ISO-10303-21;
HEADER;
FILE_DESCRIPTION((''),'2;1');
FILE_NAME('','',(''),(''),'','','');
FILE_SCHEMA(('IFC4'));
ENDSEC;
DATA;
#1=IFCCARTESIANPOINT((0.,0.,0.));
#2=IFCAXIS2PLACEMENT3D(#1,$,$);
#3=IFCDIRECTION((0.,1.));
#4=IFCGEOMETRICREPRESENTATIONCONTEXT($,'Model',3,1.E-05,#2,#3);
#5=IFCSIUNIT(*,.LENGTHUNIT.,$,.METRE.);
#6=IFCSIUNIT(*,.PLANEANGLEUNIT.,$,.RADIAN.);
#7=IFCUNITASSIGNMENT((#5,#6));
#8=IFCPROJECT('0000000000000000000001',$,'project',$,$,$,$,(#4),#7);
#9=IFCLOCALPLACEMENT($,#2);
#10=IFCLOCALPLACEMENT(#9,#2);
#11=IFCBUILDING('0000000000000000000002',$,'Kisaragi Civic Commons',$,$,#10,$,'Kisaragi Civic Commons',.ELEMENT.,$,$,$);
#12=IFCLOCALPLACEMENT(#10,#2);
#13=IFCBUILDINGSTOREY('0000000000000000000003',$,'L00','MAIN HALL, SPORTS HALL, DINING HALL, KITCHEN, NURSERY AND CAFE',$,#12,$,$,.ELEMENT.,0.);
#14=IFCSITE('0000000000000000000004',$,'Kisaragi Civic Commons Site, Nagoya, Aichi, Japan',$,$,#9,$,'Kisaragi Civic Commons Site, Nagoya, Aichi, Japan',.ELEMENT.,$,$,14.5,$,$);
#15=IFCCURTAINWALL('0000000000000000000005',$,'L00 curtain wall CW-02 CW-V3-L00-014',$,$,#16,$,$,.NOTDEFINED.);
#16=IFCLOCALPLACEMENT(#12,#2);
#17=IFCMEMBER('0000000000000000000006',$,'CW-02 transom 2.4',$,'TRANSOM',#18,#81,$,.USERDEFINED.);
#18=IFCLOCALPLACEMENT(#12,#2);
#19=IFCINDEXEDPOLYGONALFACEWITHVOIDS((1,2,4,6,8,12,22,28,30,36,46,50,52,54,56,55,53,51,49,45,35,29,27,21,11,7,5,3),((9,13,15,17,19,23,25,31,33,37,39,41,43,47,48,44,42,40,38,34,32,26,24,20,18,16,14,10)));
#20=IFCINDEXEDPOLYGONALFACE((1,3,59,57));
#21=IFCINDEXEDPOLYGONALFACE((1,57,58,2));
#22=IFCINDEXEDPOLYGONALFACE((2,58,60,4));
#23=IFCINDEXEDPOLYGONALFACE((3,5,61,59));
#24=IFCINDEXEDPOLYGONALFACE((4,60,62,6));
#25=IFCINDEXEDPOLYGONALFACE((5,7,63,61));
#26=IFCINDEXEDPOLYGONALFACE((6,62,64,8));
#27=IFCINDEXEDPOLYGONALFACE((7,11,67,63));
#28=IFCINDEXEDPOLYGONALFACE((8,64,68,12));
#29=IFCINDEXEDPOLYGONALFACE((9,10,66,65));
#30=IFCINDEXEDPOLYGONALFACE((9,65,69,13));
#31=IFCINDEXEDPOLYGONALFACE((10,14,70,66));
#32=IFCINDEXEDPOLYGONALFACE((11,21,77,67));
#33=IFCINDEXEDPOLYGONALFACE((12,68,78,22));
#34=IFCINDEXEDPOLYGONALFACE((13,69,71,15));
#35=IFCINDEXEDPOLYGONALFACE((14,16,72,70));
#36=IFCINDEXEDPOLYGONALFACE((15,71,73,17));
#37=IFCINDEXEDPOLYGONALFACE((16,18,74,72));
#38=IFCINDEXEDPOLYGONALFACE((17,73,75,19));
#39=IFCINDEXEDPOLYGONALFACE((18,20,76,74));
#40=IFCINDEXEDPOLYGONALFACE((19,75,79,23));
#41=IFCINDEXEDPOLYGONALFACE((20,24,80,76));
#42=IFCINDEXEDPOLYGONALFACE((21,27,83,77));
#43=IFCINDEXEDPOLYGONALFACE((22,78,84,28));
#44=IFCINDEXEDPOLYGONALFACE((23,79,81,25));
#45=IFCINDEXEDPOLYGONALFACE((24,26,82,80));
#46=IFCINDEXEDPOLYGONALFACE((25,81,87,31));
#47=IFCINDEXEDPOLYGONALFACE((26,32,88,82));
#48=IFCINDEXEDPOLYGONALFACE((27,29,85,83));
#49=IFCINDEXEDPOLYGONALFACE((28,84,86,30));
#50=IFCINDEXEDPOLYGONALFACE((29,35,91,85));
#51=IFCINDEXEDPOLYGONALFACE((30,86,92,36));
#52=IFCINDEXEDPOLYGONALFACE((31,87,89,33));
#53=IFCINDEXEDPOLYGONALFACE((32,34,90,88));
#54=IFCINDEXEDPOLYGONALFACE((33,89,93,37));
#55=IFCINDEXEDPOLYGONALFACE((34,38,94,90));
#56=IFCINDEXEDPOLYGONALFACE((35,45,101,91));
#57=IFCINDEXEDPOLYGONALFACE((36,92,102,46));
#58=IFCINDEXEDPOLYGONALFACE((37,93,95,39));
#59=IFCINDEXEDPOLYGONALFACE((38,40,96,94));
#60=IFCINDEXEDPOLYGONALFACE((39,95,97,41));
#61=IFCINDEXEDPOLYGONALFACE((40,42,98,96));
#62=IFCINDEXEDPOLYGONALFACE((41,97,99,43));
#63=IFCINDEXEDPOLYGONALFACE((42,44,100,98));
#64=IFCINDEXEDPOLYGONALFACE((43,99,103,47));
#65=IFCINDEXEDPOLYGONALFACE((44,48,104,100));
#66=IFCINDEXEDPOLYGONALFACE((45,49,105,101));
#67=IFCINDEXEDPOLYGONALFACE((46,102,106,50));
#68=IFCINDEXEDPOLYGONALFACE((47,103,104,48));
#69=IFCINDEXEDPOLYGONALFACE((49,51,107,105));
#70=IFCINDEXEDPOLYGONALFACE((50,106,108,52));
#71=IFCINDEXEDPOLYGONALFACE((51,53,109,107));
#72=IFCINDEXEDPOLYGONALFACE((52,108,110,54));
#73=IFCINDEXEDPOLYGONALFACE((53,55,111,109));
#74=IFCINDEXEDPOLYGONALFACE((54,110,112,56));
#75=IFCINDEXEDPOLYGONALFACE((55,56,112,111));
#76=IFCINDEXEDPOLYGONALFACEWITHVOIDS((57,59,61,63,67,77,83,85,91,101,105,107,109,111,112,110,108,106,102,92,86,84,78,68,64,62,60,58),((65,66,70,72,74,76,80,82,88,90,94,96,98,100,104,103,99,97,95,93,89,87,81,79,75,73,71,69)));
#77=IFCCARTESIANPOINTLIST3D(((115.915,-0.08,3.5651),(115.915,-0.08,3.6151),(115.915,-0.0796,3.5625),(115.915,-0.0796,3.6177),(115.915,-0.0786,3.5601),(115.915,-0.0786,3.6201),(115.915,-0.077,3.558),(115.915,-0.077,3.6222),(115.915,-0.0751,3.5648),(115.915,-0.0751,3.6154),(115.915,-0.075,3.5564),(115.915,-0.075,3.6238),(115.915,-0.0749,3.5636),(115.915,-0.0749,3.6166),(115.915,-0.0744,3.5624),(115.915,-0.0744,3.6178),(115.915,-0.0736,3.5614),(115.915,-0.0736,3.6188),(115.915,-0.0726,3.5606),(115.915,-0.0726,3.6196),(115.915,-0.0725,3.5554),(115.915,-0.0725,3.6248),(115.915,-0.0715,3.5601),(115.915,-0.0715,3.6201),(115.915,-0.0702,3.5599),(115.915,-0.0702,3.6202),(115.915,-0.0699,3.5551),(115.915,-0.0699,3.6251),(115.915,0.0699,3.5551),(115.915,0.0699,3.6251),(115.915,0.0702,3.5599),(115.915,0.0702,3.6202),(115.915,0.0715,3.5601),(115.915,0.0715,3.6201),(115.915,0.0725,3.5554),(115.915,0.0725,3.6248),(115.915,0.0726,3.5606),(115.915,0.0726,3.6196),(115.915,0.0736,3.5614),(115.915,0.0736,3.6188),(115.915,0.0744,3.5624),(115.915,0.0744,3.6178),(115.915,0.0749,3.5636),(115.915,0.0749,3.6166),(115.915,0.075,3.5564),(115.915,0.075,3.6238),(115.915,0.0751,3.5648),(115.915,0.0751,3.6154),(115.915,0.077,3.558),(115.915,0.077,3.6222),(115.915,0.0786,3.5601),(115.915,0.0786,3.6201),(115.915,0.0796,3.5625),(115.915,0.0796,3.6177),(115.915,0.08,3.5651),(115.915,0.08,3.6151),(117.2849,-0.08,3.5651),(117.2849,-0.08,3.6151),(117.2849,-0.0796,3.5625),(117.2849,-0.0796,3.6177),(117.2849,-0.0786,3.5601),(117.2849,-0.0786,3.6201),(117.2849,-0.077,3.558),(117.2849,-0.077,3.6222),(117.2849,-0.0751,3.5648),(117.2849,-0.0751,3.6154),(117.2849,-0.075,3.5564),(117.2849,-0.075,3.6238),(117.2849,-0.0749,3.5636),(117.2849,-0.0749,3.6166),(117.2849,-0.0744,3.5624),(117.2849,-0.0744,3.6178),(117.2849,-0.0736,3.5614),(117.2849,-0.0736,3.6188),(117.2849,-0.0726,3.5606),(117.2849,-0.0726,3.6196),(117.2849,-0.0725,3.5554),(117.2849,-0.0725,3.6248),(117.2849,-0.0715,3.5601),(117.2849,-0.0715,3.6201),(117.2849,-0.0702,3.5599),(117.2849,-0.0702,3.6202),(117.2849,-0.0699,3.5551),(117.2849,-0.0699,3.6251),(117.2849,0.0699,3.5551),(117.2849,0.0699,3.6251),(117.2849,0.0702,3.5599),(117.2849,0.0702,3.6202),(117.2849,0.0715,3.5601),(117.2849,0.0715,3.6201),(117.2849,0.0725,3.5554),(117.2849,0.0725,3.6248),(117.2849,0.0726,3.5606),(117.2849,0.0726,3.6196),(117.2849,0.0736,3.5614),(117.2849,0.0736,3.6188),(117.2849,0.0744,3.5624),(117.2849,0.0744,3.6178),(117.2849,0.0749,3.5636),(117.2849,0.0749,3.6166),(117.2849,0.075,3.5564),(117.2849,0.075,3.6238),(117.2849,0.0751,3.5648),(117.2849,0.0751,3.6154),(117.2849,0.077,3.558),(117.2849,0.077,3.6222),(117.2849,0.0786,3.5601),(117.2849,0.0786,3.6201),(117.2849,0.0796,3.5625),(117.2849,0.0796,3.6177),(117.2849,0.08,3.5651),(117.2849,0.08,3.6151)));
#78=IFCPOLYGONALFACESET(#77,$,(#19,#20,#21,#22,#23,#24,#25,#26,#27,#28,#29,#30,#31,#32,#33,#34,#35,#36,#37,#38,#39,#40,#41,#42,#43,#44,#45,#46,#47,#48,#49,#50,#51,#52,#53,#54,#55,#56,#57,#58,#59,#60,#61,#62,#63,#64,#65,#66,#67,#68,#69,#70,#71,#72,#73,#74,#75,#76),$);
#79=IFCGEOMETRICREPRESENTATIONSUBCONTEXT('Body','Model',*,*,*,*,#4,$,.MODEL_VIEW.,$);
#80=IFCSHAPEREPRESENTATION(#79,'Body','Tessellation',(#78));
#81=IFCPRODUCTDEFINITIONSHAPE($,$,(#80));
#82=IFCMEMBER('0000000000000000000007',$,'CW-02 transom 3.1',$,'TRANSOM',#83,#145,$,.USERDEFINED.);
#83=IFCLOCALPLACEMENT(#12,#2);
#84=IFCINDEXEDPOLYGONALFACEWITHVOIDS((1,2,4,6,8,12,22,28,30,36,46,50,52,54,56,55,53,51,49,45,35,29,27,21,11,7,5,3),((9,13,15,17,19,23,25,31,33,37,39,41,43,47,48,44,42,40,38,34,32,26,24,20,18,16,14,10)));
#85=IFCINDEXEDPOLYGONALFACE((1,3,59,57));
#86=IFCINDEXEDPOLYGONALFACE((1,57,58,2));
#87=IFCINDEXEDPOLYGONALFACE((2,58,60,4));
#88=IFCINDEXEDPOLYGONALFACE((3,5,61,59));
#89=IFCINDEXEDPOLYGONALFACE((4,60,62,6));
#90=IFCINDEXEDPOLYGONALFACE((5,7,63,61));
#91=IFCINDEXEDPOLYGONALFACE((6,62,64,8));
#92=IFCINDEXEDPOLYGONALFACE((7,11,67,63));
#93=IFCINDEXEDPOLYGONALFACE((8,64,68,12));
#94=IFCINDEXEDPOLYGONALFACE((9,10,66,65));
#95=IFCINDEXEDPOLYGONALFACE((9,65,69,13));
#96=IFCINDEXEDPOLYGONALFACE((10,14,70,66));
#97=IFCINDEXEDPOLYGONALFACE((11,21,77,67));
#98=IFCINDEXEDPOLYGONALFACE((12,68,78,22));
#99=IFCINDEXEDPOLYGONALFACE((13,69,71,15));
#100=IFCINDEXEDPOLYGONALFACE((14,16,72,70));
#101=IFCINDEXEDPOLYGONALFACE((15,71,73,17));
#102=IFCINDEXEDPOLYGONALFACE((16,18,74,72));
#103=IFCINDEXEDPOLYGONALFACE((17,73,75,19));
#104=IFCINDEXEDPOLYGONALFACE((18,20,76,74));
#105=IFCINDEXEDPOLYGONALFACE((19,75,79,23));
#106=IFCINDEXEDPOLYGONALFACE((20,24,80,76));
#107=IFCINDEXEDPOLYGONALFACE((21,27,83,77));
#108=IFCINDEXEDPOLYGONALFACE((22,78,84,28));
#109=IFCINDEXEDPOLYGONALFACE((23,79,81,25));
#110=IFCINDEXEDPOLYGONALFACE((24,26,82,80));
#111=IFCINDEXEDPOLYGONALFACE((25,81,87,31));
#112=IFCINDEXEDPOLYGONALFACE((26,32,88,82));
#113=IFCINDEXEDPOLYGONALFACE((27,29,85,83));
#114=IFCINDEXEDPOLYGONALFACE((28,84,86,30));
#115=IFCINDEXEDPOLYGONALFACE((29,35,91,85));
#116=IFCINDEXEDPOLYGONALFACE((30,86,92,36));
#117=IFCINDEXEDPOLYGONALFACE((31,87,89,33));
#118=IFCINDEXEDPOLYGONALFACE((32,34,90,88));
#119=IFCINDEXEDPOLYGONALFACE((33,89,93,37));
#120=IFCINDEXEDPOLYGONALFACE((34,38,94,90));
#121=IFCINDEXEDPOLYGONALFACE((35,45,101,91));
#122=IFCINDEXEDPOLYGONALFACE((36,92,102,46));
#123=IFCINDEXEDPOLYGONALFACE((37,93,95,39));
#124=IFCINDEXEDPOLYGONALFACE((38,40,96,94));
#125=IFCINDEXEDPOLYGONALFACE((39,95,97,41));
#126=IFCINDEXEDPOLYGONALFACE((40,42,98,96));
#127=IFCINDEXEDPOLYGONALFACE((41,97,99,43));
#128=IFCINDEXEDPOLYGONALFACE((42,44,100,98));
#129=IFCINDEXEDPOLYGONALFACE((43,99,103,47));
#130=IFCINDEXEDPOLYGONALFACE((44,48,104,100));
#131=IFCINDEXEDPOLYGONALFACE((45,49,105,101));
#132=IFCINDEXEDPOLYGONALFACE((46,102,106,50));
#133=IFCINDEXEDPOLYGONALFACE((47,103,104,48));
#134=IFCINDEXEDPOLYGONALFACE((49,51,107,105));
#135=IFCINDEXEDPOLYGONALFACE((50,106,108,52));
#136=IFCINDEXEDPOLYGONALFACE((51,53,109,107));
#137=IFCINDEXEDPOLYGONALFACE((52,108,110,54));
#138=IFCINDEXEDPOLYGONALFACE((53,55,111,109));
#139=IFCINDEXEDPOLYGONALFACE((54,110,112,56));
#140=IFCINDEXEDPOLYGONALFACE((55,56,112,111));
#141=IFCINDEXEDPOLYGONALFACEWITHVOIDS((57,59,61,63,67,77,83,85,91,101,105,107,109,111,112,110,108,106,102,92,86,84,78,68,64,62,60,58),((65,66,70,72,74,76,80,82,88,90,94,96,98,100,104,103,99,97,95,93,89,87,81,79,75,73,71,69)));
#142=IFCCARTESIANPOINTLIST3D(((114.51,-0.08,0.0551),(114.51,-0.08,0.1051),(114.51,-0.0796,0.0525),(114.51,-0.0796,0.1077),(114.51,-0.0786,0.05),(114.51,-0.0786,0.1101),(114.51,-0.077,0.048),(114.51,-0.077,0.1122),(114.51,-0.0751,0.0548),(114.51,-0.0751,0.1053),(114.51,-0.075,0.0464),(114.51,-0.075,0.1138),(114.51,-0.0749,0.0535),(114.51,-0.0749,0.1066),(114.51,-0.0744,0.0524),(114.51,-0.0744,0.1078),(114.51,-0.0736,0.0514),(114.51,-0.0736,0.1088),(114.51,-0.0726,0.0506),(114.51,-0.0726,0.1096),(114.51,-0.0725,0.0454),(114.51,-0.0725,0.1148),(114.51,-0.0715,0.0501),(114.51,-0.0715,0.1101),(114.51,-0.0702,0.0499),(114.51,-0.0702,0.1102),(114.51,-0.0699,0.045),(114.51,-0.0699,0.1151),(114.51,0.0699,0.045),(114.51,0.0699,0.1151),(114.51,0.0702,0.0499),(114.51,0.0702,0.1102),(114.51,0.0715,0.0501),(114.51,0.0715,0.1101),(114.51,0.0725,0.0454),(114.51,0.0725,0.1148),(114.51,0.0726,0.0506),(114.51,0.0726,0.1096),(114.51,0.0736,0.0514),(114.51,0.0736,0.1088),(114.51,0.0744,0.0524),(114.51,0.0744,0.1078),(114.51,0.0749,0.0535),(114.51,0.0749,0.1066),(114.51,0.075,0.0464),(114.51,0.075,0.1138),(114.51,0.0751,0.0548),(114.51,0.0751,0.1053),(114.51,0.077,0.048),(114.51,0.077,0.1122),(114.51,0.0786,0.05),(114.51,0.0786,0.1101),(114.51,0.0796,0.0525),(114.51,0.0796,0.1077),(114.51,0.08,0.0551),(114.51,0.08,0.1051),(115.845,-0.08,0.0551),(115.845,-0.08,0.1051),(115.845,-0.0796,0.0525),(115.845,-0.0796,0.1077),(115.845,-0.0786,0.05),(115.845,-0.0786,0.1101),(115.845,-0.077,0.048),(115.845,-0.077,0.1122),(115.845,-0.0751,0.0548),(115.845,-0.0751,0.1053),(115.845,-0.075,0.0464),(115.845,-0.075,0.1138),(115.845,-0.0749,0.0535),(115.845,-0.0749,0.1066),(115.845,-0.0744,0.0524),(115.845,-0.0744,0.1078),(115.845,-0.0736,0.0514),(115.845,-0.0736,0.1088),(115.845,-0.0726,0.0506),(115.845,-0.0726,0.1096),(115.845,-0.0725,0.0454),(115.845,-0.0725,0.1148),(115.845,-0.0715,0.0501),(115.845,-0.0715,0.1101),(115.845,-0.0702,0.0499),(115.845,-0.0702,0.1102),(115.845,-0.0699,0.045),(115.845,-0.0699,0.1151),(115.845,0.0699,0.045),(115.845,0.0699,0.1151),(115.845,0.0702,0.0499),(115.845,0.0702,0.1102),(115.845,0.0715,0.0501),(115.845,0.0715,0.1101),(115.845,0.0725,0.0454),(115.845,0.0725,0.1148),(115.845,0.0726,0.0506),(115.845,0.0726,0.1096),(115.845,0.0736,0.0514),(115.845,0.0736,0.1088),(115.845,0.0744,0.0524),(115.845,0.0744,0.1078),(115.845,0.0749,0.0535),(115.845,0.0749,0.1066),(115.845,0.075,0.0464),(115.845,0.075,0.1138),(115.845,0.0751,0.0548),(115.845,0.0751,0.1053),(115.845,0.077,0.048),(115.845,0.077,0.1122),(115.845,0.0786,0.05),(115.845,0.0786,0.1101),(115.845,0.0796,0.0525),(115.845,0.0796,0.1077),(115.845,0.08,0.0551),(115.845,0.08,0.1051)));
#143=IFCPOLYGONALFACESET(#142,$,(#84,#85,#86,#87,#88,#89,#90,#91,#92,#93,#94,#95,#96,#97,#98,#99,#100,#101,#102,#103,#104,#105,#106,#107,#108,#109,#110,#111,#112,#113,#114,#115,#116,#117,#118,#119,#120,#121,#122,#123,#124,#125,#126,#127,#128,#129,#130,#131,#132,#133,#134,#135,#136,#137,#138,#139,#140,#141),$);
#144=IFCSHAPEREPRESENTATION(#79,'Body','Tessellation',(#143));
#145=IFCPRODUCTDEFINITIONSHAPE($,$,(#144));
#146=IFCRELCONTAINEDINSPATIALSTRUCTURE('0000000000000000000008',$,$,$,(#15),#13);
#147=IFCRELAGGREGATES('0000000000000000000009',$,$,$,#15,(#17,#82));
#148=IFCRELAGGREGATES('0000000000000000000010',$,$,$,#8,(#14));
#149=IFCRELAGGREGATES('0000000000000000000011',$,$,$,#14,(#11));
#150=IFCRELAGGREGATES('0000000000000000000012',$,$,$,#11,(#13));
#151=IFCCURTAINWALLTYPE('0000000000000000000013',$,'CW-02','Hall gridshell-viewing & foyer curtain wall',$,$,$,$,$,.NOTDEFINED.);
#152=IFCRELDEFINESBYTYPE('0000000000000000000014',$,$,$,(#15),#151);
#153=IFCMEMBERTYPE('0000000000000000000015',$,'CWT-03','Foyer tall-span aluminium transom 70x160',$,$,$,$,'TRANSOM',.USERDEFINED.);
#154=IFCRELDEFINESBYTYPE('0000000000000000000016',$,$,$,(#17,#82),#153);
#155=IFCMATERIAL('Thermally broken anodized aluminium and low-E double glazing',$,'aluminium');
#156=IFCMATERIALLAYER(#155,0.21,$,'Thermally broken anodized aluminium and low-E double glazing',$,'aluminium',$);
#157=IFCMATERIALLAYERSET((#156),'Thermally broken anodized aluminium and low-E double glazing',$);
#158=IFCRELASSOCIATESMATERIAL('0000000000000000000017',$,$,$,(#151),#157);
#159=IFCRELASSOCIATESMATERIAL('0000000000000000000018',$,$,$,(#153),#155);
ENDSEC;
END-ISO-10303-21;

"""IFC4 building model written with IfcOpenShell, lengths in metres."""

from ifc_helpers import new_model, si_unit, direction, frame, origin, origin_2d, place, context, subcontext, project, spatial, hollow_rectangle, extrude, material, layer, layer_set, material_profile, profile_set, type_object, element, aggregate, save


model = new_model("IFC4")

# Units and contexts
model_context = context("Model", 3, precision=1e-05, world=origin(), true_north=direction((0.0, 1.0)))
body_context = subcontext(model_context, "Body", "Model", "MODEL_VIEW")
ifc_project = project(units=[si_unit("LENGTHUNIT", "METRE"), si_unit("PLANEANGLEUNIT", "RADIAN")], contexts=[model_context])

# Site, building, storey
site_placement = place(None, origin())
site = spatial("IfcSite", under=ifc_project, at=site_placement, Name="Kisaragi Civic Commons Site, Nagoya, Aichi, Japan", LongName="Kisaragi Civic Commons Site, Nagoya, Aichi, Japan", CompositionType="ELEMENT", RefElevation=14.5)
building_placement = place(site_placement, origin())
building = spatial("IfcBuilding", under=site, at=building_placement, Name="Kisaragi Civic Commons", LongName="Kisaragi Civic Commons", CompositionType="ELEMENT")
storey_placement = place(building_placement, origin())
storey = spatial("IfcBuildingStorey", under=building, at=storey_placement, Name="L00", Description="MAIN HALL, SPORTS HALL, DINING HALL, KITCHEN, NURSERY AND CAFE", CompositionType="ELEMENT", Elevation=0.0)

# Shared definitions
ifc_material_1 = material(Name="Thermally broken anodized aluminium and low-E double glazing", Category="aluminium")
ifc_layer_1 = layer(ifc_material_1, 0.21, Name="Thermally broken anodized aluminium and low-E double glazing", Category="aluminium")
ifc_layer_set_1 = layer_set([ifc_layer_1], Name="Thermally broken anodized aluminium and low-E double glazing")
curtain_wall_type = type_object("IfcCurtainWallType", Name="CW-02", Description="Hall gridshell-viewing & foyer curtain wall", PredefinedType="NOTDEFINED", material=ifc_layer_set_1)

# Curtain wall, members
curtain_wall_1_placement = place(storey_placement, origin())
curtain_wall_1 = element("IfcCurtainWall", 1, at=curtain_wall_1_placement, inside=storey, type_object=curtain_wall_type, Name="L00 curtain wall CW-02 CW-V3-L00-014", PredefinedType="NOTDEFINED")
ifc_material_profile_1 = material_profile(ifc_material_1, hollow_rectangle(XDim=0.1599, YDim=0.0701, WallThickness=0.0049, InnerFilletRadius=0.0049, OuterFilletRadius=0.01, at=origin_2d()), Name="CWT-70x160x5", Category="aluminium")
ifc_profile_set_1 = profile_set([ifc_material_profile_1], Name="Thermally broken anodized aluminium and low-E double glazing")
member_type_1 = type_object("IfcMemberType", Name="CWT-03", Description="Foyer tall-span aluminium transom 70x160", ElementType="TRANSOM", PredefinedType="USERDEFINED", material=ifc_profile_set_1)
member_1_placement = place(storey_placement, frame((117.2849, 0.0, 3.5901), z_axis=(-1.0, 0.0, 0.0), x_axis=(0.0, -1.0, 0.0)))
member_1 = element("IfcMember", 2, at=member_1_placement, type_object=member_type_1, Name="CW-02 transom 2.4", ObjectType="TRANSOM", PredefinedType="USERDEFINED", context=body_context, shape_type="SweptSolid", body=[
    extrude(hollow_rectangle(XDim=0.1599, YDim=0.0701, WallThickness=0.0049, InnerFilletRadius=0.0049, OuterFilletRadius=0.01, at=origin_2d()), origin(), (0.0, 0.0, 1.0), 1.3699),
])
member_2_placement = place(storey_placement, frame((115.845, 0.0, 0.0801), z_axis=(-1.0, 0.0, 0.0), x_axis=(0.0, -1.0, 0.0)))
member_2 = element("IfcMember", 3, at=member_2_placement, type_object=member_type_1, Name="CW-02 transom 3.1", ObjectType="TRANSOM", PredefinedType="USERDEFINED", context=body_context, shape_type="SweptSolid", body=[
    extrude(hollow_rectangle(XDim=0.1599, YDim=0.0701, WallThickness=0.0049, InnerFilletRadius=0.0049, OuterFilletRadius=0.01, at=origin_2d()), origin(), (0.0, 0.0, 1.0), 1.335),
])

aggregate(curtain_wall_1, [member_1, member_2])

save(model, "model.ifc")
